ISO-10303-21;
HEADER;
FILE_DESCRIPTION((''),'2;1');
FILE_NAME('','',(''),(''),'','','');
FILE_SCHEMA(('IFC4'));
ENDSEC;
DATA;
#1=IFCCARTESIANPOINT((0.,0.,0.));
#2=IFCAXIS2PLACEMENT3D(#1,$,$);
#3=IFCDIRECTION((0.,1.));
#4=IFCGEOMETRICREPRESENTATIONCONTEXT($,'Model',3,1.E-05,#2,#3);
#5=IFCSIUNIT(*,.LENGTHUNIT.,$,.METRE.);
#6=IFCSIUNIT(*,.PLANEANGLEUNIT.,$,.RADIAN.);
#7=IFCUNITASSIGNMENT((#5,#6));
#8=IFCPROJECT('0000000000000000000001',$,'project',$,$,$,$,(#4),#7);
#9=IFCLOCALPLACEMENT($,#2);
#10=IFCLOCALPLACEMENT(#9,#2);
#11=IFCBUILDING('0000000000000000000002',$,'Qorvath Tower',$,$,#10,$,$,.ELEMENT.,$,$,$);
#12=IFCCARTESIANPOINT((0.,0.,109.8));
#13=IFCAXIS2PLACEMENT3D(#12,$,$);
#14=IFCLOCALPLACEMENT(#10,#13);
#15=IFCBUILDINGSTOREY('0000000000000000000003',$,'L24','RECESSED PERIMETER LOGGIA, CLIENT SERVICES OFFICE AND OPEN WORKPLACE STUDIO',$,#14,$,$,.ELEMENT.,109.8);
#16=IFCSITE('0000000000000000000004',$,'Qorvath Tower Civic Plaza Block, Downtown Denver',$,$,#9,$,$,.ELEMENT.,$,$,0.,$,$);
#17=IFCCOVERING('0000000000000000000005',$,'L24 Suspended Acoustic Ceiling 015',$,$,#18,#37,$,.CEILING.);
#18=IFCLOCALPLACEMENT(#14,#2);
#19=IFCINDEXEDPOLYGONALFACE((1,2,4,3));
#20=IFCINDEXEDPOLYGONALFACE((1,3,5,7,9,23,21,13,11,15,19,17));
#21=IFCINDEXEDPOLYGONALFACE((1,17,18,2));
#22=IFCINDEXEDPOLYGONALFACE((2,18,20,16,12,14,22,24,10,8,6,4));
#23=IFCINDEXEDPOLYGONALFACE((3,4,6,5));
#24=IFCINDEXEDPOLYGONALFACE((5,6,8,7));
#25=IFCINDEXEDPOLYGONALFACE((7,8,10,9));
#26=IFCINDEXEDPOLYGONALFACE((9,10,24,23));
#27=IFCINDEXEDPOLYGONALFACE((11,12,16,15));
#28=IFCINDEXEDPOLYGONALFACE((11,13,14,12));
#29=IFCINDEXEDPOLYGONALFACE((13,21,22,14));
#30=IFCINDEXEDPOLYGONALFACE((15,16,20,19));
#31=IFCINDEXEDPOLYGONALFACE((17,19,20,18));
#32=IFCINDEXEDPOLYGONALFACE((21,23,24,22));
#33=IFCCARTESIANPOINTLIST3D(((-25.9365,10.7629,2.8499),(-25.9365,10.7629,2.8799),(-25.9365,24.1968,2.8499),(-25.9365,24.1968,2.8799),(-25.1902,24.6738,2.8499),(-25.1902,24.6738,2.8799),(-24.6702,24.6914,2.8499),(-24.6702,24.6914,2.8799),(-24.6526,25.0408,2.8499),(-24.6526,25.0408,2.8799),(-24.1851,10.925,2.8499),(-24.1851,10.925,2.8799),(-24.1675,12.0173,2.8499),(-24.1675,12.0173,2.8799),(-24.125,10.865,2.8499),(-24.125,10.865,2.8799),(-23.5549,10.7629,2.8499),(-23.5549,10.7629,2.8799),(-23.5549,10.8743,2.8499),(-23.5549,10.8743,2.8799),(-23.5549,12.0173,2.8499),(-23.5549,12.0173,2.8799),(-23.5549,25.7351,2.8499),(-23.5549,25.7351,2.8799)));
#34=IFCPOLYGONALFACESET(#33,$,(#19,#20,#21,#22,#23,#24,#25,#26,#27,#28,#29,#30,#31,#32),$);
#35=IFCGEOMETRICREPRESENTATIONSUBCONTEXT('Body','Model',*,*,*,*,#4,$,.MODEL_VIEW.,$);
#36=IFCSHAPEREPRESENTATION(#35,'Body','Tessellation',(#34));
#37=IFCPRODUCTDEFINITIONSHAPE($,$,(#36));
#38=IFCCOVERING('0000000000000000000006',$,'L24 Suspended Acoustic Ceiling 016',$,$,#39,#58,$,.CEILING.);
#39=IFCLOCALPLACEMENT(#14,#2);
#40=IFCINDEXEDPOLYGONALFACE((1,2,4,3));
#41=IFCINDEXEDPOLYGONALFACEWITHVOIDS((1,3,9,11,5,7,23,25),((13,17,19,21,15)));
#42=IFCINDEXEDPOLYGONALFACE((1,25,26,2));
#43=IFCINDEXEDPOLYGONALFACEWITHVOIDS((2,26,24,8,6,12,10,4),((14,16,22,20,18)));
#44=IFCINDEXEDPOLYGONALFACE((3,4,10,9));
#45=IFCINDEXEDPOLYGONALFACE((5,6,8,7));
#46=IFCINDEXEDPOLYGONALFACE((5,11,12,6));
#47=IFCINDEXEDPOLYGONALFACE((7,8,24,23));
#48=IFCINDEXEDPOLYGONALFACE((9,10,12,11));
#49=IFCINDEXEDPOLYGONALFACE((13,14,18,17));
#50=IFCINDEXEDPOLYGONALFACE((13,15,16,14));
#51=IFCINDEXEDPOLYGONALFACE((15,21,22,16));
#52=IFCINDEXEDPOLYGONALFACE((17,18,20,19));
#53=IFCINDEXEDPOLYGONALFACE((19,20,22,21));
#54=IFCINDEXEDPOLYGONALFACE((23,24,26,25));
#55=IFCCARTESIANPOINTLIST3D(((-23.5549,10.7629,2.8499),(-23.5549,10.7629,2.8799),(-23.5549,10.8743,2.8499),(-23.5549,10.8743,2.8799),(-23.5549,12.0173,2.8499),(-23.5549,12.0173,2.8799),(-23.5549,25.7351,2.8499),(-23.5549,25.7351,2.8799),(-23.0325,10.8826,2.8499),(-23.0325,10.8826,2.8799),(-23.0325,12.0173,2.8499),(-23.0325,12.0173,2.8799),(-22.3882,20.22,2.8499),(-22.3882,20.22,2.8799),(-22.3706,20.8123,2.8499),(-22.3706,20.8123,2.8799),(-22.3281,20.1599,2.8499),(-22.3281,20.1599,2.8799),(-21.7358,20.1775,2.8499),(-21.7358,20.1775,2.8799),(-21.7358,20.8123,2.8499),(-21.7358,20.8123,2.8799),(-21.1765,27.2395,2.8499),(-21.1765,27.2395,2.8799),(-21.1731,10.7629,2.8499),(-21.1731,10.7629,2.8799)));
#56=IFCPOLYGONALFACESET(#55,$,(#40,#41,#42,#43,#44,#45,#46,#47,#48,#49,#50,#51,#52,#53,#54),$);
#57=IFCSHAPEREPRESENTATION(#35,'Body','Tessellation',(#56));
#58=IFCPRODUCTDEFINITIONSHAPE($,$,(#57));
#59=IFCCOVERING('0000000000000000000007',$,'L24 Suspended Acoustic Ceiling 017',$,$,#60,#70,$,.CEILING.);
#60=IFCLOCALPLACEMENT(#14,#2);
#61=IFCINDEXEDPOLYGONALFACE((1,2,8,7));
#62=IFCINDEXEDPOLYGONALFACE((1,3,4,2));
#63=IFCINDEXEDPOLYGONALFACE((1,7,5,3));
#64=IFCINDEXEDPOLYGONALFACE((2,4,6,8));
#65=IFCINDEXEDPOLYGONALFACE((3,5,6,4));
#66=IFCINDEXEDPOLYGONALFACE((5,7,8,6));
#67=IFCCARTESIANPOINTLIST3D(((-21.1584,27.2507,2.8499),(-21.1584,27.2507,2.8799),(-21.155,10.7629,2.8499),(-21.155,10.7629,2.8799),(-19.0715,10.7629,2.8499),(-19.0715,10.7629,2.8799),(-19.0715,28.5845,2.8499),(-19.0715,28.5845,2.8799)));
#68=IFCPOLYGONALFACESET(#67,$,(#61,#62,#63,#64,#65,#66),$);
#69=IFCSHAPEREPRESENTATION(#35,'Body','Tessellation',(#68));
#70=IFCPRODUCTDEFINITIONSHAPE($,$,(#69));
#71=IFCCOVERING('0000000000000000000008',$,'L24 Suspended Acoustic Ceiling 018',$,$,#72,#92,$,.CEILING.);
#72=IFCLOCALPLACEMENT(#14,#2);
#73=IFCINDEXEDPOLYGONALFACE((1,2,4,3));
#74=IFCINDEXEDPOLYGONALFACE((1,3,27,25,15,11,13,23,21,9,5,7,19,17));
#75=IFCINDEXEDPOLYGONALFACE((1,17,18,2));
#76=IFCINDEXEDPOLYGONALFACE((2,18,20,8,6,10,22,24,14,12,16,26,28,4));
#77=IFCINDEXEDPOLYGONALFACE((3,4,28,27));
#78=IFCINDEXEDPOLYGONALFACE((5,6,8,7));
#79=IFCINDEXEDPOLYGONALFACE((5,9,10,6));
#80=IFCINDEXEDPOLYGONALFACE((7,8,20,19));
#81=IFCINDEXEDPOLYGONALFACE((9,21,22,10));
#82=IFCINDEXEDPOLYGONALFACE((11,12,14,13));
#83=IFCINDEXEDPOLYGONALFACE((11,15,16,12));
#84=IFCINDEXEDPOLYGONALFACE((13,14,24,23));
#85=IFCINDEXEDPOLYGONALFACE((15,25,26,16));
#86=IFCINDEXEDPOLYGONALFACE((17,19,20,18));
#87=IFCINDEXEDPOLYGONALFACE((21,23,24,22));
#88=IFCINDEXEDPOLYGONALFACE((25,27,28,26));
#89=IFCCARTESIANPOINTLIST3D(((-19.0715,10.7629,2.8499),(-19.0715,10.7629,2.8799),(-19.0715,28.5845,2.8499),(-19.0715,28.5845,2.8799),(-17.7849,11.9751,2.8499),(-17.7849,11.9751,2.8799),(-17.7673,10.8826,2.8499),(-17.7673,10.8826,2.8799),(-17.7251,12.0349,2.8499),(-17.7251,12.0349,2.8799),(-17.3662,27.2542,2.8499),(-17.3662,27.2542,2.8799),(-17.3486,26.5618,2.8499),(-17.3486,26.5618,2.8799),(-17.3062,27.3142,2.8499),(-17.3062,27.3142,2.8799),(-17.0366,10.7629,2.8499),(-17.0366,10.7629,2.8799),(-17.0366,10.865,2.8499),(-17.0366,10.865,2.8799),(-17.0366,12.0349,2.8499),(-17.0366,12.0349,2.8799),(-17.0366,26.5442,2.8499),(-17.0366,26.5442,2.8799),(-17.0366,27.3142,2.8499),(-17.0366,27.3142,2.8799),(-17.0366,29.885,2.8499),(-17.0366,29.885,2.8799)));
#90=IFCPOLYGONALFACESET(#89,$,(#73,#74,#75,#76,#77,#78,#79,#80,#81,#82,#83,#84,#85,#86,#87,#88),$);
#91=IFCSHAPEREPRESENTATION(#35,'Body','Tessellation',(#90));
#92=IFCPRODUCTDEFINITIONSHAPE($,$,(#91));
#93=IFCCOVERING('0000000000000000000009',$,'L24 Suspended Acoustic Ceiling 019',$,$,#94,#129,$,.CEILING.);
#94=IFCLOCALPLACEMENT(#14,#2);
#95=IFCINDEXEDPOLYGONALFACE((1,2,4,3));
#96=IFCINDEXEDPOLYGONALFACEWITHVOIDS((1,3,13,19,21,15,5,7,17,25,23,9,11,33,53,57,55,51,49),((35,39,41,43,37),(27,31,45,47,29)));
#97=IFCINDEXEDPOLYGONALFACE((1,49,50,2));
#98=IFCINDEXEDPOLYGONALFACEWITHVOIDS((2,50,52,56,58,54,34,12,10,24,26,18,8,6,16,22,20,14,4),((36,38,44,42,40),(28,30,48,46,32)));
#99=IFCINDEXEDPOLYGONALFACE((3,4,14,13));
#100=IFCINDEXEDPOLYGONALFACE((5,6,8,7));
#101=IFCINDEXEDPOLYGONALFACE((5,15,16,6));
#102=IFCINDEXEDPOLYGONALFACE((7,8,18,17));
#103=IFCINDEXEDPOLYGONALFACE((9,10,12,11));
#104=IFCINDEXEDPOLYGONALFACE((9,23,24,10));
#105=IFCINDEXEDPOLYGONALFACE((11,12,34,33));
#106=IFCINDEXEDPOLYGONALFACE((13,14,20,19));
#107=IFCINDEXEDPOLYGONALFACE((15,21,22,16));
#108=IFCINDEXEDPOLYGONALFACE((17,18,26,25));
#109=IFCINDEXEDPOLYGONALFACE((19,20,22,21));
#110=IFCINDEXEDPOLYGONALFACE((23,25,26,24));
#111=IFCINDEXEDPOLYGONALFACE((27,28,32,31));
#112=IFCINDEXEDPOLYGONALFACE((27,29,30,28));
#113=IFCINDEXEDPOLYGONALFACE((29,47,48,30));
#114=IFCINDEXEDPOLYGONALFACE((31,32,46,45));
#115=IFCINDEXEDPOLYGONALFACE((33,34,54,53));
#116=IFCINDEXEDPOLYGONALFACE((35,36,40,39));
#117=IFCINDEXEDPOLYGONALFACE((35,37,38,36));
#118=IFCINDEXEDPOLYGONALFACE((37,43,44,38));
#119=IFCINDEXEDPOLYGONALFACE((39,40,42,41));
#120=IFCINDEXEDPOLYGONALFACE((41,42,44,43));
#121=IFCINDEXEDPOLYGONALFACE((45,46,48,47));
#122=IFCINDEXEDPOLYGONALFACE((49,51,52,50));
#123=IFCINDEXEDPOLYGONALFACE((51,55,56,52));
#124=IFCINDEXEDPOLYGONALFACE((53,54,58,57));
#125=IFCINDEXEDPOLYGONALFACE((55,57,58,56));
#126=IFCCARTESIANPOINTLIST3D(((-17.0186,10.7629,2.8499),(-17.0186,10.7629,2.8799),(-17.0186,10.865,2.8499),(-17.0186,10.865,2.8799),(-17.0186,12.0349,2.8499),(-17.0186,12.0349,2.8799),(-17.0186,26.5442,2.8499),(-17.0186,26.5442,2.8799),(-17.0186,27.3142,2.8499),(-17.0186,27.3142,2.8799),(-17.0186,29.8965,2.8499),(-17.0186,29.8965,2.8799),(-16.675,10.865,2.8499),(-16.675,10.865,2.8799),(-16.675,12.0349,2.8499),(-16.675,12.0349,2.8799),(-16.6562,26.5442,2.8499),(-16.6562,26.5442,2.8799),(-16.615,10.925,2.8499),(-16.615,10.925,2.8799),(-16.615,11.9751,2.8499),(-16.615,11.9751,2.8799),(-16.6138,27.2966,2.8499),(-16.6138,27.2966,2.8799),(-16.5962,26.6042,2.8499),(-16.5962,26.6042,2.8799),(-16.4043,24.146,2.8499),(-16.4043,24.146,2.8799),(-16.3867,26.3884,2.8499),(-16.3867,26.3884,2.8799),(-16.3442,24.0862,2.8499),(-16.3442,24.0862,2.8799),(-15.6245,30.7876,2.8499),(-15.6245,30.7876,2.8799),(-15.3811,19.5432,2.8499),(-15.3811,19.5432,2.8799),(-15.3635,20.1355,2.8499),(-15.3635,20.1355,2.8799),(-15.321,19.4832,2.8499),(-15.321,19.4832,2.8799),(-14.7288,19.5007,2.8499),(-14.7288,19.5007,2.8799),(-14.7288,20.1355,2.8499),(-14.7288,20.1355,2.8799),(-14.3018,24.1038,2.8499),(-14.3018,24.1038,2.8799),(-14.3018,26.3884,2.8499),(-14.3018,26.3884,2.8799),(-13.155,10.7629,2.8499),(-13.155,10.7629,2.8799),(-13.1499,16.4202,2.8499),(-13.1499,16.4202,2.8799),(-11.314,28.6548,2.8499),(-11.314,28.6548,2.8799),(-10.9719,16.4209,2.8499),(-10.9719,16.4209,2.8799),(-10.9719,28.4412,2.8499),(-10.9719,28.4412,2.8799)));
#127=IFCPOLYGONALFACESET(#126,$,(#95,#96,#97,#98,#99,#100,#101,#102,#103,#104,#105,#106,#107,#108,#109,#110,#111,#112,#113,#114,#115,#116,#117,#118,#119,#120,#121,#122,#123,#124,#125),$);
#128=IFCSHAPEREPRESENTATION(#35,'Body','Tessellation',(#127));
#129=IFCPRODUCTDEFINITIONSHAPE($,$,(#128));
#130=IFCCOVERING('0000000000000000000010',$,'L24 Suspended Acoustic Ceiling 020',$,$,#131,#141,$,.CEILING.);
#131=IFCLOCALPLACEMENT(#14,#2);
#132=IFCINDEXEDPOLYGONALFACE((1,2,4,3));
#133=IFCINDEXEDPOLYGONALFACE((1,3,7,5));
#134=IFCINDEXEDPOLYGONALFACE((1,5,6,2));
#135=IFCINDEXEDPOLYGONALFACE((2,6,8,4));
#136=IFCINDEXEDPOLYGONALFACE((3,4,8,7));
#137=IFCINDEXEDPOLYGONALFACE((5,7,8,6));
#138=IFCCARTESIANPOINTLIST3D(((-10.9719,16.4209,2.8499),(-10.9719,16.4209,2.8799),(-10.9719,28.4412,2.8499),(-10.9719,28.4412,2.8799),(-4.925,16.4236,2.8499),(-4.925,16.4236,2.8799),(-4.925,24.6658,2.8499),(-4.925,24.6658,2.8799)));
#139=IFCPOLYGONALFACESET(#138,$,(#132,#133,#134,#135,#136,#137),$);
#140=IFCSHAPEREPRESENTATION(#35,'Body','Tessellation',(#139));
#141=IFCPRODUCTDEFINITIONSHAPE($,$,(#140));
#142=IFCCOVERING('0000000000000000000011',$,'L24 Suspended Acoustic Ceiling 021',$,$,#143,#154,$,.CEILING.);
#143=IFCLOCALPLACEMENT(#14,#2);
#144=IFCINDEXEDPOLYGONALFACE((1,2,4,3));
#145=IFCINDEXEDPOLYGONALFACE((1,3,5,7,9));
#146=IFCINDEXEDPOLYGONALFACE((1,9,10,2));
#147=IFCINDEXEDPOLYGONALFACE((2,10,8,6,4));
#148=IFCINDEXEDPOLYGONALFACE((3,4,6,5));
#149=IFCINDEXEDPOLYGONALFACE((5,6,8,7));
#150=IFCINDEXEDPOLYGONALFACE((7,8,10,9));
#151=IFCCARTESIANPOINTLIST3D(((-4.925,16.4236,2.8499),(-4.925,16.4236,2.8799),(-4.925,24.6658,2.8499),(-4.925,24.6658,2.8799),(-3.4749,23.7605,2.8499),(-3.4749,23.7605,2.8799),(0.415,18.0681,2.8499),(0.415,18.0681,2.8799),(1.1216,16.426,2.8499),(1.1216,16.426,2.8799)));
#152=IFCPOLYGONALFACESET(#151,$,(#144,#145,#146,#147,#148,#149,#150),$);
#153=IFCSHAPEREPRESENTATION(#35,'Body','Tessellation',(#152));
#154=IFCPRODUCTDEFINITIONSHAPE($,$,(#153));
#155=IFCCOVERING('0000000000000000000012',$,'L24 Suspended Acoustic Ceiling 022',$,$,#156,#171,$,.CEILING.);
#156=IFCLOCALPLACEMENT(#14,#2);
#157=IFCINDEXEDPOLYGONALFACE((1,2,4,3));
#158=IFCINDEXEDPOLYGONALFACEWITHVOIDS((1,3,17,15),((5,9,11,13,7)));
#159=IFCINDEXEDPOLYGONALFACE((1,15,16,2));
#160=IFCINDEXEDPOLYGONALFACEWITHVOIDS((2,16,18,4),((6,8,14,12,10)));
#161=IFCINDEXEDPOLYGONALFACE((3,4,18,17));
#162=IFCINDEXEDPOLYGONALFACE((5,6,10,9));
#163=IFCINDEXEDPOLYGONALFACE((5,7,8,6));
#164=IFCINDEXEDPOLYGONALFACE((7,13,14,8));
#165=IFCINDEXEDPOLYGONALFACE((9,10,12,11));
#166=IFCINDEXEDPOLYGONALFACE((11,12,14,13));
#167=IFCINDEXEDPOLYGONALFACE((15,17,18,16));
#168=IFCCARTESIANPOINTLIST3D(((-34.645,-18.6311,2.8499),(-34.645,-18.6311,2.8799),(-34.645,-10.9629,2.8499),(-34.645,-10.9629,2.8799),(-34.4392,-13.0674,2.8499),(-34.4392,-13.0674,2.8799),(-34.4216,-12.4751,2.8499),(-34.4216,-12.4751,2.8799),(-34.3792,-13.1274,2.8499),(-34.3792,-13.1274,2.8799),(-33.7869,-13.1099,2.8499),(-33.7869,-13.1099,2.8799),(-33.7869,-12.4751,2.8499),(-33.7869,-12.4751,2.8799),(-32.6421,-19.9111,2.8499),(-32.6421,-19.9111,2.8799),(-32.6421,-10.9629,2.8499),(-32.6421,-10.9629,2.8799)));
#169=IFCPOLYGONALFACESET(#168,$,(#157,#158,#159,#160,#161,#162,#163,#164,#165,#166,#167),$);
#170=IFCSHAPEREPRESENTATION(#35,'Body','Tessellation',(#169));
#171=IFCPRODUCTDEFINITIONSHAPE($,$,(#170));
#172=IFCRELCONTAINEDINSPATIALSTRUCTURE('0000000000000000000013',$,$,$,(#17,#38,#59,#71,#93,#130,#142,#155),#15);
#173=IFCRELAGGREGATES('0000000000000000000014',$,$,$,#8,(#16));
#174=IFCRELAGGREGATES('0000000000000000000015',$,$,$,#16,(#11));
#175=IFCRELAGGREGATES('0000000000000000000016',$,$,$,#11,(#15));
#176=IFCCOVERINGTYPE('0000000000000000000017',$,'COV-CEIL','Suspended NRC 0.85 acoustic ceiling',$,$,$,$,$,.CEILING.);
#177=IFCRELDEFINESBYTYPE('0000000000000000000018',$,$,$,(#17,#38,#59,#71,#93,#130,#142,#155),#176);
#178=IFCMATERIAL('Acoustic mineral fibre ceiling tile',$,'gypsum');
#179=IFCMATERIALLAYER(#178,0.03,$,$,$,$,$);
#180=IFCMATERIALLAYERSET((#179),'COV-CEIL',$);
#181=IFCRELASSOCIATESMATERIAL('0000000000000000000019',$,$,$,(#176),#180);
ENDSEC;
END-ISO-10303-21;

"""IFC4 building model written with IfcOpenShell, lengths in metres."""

from ifc_helpers import new_model, si_unit, direction, frame, origin, place, context, subcontext, project, spatial, polyline, outline, extrude, material, layer, layer_set, type_object, element, save


model = new_model("IFC4")

# Units and contexts
model_context = context("Model", 3, precision=1e-05, world=origin(), true_north=direction((0.0, 1.0)))
body_context = subcontext(model_context, "Body", "Model", "MODEL_VIEW")
ifc_project = project(units=[si_unit("LENGTHUNIT", "METRE"), si_unit("PLANEANGLEUNIT", "RADIAN")], contexts=[model_context])

# Site, building, storey
site_placement = place(None, origin())
site = spatial("IfcSite", under=ifc_project, at=site_placement, Name="Qorvath Tower Civic Plaza Block, Downtown Denver", CompositionType="ELEMENT", RefElevation=0.0)
building_placement = place(site_placement, origin())
building = spatial("IfcBuilding", under=site, at=building_placement, Name="Qorvath Tower", CompositionType="ELEMENT")
storey_placement = place(building_placement, frame((0.0, 0.0, 109.8)))
storey = spatial("IfcBuildingStorey", under=building, at=storey_placement, Name="L24", Description="RECESSED PERIMETER LOGGIA, CLIENT SERVICES OFFICE AND OPEN WORKPLACE STUDIO", CompositionType="ELEMENT", Elevation=109.8)

# Coverings
ifc_material_1 = material(Name="Acoustic mineral fibre ceiling tile", Category="gypsum")
ifc_layer_1 = layer(ifc_material_1, 0.03)
ifc_layer_set_1 = layer_set([ifc_layer_1], Name="COV-CEIL")
covering_type_1 = type_object("IfcCoveringType", Name="COV-CEIL", Description="Suspended NRC 0.85 acoustic ceiling", PredefinedType="CEILING", material=ifc_layer_set_1)
covering_1_placement = place(storey_placement, frame((0.0, 0.0, 2.8499)))
element("IfcCovering", 1, at=covering_1_placement, inside=storey, type_object=covering_type_1, Name="L24 Suspended Acoustic Ceiling 015", PredefinedType="CEILING", context=body_context, shape_type="SweptSolid", body=[
    extrude(outline(polyline([(-23.5549, 10.7629), (-23.5549, 10.8743), (-24.125, 10.865), (-24.1851, 10.925), (-24.1675, 12.0173), (-23.5549, 12.0173), (-23.5549, 25.7351), (-24.6526, 25.0408), (-24.6702, 24.6914), (-25.1902, 24.6738), (-25.9365, 24.1968), (-25.9365, 10.7629), (-23.5549, 10.7629)])), origin(), (0.0, 0.0, 1.0), 0.03),
])
covering_2_placement = place(storey_placement, frame((0.0, 0.0, 2.8499)))
element("IfcCovering", 2, at=covering_2_placement, inside=storey, type_object=covering_type_1, Name="L24 Suspended Acoustic Ceiling 016", PredefinedType="CEILING", context=body_context, shape_type="SweptSolid", body=[
    extrude(outline(polyline([(-21.1731, 10.7629), (-21.1765, 27.2395), (-23.5549, 25.7351), (-23.5549, 12.0173), (-23.0325, 12.0173), (-23.0325, 10.8826), (-23.5549, 10.8743), (-23.5549, 10.7629), (-21.1731, 10.7629)]), holes=[polyline([(-22.3882, 20.22), (-22.3706, 20.8123), (-21.7358, 20.8123), (-21.7358, 20.1775), (-22.3281, 20.1599), (-22.3882, 20.22)])]), origin(), (0.0, 0.0, 1.0), 0.03),
])
covering_3_placement = place(storey_placement, frame((0.0, 0.0, 2.8499)))
element("IfcCovering", 3, at=covering_3_placement, inside=storey, type_object=covering_type_1, Name="L24 Suspended Acoustic Ceiling 017", PredefinedType="CEILING", context=body_context, shape_type="SweptSolid", body=[
    extrude(outline(polyline([(-19.0715, 10.7629), (-19.0715, 28.5845), (-21.1584, 27.2507), (-21.155, 10.7629), (-19.0715, 10.7629)])), origin(), (0.0, 0.0, 1.0), 0.03),
])
covering_4_placement = place(storey_placement, frame((0.0, 0.0, 2.8499)))
element("IfcCovering", 4, at=covering_4_placement, inside=storey, type_object=covering_type_1, Name="L24 Suspended Acoustic Ceiling 018", PredefinedType="CEILING", context=body_context, shape_type="SweptSolid", body=[
    extrude(outline(polyline([(-17.7251, 12.0349), (-17.0366, 12.0349), (-17.0366, 26.5442), (-17.3486, 26.5618), (-17.3662, 27.2542), (-17.3062, 27.3142), (-17.0366, 27.3142), (-17.0366, 29.885), (-19.0715, 28.5845), (-19.0715, 10.7629), (-17.0366, 10.7629), (-17.0366, 10.865), (-17.7673, 10.8826), (-17.7849, 11.9751), (-17.7251, 12.0349)])), origin(), (0.0, 0.0, 1.0), 0.03),
])
covering_5_placement = place(storey_placement, frame((0.0, 0.0, 2.8499)))
element("IfcCovering", 5, at=covering_5_placement, inside=storey, type_object=covering_type_1, Name="L24 Suspended Acoustic Ceiling 019", PredefinedType="CEILING", context=body_context, shape_type="SweptSolid", body=[
    extrude(outline(polyline([(-10.9719, 16.4209), (-10.9719, 28.4412), (-11.314, 28.6548), (-15.6245, 30.7876), (-17.0186, 29.8965), (-17.0186, 27.3142), (-16.6138, 27.2966), (-16.5962, 26.6042), (-16.6562, 26.5442), (-17.0186, 26.5442), (-17.0186, 12.0349), (-16.675, 12.0349), (-16.615, 11.9751), (-16.615, 10.925), (-16.675, 10.865), (-17.0186, 10.865), (-17.0186, 10.7629), (-13.155, 10.7629), (-13.1499, 16.4202), (-10.9719, 16.4209)]), holes=[polyline([(-16.4043, 24.146), (-16.3867, 26.3884), (-14.3018, 26.3884), (-14.3018, 24.1038), (-16.3442, 24.0862), (-16.4043, 24.146)]), polyline([(-15.3811, 19.5432), (-15.3635, 20.1355), (-14.7288, 20.1355), (-14.7288, 19.5007), (-15.321, 19.4832), (-15.3811, 19.5432)])]), origin(), (0.0, 0.0, 1.0), 0.03),
])
covering_6_placement = place(storey_placement, frame((0.0, 0.0, 2.8499)))
element("IfcCovering", 6, at=covering_6_placement, inside=storey, type_object=covering_type_1, Name="L24 Suspended Acoustic Ceiling 020", PredefinedType="CEILING", context=body_context, shape_type="SweptSolid", body=[
    extrude(outline(polyline([(-4.925, 16.4236), (-4.925, 24.6658), (-10.9719, 28.4412), (-10.9719, 16.4209), (-4.925, 16.4236)])), origin(), (0.0, 0.0, 1.0), 0.03),
])
covering_7_placement = place(storey_placement, frame((0.0, 0.0, 2.8499)))
element("IfcCovering", 7, at=covering_7_placement, inside=storey, type_object=covering_type_1, Name="L24 Suspended Acoustic Ceiling 021", PredefinedType="CEILING", context=body_context, shape_type="SweptSolid", body=[
    extrude(outline(polyline([(-3.4749, 23.7605), (-4.925, 24.6658), (-4.925, 16.4236), (1.1216, 16.426), (0.415, 18.0681), (-3.4749, 23.7605)])), origin(), (0.0, 0.0, 1.0), 0.03),
])
covering_8_placement = place(storey_placement, frame((0.0, 0.0, 2.8499)))
element("IfcCovering", 8, at=covering_8_placement, inside=storey, type_object=covering_type_1, Name="L24 Suspended Acoustic Ceiling 022", PredefinedType="CEILING", context=body_context, shape_type="SweptSolid", body=[
    extrude(outline(polyline([(-32.6421, -19.9111), (-32.6421, -10.9629), (-34.645, -10.9629), (-34.645, -18.6311), (-32.6421, -19.9111)]), holes=[polyline([(-34.4392, -13.0674), (-34.4216, -12.4751), (-33.7869, -12.4751), (-33.7869, -13.1099), (-34.3792, -13.1274), (-34.4392, -13.0674)])]), origin(), (0.0, 0.0, 1.0), 0.03),
])

save(model, "model.ifc")
